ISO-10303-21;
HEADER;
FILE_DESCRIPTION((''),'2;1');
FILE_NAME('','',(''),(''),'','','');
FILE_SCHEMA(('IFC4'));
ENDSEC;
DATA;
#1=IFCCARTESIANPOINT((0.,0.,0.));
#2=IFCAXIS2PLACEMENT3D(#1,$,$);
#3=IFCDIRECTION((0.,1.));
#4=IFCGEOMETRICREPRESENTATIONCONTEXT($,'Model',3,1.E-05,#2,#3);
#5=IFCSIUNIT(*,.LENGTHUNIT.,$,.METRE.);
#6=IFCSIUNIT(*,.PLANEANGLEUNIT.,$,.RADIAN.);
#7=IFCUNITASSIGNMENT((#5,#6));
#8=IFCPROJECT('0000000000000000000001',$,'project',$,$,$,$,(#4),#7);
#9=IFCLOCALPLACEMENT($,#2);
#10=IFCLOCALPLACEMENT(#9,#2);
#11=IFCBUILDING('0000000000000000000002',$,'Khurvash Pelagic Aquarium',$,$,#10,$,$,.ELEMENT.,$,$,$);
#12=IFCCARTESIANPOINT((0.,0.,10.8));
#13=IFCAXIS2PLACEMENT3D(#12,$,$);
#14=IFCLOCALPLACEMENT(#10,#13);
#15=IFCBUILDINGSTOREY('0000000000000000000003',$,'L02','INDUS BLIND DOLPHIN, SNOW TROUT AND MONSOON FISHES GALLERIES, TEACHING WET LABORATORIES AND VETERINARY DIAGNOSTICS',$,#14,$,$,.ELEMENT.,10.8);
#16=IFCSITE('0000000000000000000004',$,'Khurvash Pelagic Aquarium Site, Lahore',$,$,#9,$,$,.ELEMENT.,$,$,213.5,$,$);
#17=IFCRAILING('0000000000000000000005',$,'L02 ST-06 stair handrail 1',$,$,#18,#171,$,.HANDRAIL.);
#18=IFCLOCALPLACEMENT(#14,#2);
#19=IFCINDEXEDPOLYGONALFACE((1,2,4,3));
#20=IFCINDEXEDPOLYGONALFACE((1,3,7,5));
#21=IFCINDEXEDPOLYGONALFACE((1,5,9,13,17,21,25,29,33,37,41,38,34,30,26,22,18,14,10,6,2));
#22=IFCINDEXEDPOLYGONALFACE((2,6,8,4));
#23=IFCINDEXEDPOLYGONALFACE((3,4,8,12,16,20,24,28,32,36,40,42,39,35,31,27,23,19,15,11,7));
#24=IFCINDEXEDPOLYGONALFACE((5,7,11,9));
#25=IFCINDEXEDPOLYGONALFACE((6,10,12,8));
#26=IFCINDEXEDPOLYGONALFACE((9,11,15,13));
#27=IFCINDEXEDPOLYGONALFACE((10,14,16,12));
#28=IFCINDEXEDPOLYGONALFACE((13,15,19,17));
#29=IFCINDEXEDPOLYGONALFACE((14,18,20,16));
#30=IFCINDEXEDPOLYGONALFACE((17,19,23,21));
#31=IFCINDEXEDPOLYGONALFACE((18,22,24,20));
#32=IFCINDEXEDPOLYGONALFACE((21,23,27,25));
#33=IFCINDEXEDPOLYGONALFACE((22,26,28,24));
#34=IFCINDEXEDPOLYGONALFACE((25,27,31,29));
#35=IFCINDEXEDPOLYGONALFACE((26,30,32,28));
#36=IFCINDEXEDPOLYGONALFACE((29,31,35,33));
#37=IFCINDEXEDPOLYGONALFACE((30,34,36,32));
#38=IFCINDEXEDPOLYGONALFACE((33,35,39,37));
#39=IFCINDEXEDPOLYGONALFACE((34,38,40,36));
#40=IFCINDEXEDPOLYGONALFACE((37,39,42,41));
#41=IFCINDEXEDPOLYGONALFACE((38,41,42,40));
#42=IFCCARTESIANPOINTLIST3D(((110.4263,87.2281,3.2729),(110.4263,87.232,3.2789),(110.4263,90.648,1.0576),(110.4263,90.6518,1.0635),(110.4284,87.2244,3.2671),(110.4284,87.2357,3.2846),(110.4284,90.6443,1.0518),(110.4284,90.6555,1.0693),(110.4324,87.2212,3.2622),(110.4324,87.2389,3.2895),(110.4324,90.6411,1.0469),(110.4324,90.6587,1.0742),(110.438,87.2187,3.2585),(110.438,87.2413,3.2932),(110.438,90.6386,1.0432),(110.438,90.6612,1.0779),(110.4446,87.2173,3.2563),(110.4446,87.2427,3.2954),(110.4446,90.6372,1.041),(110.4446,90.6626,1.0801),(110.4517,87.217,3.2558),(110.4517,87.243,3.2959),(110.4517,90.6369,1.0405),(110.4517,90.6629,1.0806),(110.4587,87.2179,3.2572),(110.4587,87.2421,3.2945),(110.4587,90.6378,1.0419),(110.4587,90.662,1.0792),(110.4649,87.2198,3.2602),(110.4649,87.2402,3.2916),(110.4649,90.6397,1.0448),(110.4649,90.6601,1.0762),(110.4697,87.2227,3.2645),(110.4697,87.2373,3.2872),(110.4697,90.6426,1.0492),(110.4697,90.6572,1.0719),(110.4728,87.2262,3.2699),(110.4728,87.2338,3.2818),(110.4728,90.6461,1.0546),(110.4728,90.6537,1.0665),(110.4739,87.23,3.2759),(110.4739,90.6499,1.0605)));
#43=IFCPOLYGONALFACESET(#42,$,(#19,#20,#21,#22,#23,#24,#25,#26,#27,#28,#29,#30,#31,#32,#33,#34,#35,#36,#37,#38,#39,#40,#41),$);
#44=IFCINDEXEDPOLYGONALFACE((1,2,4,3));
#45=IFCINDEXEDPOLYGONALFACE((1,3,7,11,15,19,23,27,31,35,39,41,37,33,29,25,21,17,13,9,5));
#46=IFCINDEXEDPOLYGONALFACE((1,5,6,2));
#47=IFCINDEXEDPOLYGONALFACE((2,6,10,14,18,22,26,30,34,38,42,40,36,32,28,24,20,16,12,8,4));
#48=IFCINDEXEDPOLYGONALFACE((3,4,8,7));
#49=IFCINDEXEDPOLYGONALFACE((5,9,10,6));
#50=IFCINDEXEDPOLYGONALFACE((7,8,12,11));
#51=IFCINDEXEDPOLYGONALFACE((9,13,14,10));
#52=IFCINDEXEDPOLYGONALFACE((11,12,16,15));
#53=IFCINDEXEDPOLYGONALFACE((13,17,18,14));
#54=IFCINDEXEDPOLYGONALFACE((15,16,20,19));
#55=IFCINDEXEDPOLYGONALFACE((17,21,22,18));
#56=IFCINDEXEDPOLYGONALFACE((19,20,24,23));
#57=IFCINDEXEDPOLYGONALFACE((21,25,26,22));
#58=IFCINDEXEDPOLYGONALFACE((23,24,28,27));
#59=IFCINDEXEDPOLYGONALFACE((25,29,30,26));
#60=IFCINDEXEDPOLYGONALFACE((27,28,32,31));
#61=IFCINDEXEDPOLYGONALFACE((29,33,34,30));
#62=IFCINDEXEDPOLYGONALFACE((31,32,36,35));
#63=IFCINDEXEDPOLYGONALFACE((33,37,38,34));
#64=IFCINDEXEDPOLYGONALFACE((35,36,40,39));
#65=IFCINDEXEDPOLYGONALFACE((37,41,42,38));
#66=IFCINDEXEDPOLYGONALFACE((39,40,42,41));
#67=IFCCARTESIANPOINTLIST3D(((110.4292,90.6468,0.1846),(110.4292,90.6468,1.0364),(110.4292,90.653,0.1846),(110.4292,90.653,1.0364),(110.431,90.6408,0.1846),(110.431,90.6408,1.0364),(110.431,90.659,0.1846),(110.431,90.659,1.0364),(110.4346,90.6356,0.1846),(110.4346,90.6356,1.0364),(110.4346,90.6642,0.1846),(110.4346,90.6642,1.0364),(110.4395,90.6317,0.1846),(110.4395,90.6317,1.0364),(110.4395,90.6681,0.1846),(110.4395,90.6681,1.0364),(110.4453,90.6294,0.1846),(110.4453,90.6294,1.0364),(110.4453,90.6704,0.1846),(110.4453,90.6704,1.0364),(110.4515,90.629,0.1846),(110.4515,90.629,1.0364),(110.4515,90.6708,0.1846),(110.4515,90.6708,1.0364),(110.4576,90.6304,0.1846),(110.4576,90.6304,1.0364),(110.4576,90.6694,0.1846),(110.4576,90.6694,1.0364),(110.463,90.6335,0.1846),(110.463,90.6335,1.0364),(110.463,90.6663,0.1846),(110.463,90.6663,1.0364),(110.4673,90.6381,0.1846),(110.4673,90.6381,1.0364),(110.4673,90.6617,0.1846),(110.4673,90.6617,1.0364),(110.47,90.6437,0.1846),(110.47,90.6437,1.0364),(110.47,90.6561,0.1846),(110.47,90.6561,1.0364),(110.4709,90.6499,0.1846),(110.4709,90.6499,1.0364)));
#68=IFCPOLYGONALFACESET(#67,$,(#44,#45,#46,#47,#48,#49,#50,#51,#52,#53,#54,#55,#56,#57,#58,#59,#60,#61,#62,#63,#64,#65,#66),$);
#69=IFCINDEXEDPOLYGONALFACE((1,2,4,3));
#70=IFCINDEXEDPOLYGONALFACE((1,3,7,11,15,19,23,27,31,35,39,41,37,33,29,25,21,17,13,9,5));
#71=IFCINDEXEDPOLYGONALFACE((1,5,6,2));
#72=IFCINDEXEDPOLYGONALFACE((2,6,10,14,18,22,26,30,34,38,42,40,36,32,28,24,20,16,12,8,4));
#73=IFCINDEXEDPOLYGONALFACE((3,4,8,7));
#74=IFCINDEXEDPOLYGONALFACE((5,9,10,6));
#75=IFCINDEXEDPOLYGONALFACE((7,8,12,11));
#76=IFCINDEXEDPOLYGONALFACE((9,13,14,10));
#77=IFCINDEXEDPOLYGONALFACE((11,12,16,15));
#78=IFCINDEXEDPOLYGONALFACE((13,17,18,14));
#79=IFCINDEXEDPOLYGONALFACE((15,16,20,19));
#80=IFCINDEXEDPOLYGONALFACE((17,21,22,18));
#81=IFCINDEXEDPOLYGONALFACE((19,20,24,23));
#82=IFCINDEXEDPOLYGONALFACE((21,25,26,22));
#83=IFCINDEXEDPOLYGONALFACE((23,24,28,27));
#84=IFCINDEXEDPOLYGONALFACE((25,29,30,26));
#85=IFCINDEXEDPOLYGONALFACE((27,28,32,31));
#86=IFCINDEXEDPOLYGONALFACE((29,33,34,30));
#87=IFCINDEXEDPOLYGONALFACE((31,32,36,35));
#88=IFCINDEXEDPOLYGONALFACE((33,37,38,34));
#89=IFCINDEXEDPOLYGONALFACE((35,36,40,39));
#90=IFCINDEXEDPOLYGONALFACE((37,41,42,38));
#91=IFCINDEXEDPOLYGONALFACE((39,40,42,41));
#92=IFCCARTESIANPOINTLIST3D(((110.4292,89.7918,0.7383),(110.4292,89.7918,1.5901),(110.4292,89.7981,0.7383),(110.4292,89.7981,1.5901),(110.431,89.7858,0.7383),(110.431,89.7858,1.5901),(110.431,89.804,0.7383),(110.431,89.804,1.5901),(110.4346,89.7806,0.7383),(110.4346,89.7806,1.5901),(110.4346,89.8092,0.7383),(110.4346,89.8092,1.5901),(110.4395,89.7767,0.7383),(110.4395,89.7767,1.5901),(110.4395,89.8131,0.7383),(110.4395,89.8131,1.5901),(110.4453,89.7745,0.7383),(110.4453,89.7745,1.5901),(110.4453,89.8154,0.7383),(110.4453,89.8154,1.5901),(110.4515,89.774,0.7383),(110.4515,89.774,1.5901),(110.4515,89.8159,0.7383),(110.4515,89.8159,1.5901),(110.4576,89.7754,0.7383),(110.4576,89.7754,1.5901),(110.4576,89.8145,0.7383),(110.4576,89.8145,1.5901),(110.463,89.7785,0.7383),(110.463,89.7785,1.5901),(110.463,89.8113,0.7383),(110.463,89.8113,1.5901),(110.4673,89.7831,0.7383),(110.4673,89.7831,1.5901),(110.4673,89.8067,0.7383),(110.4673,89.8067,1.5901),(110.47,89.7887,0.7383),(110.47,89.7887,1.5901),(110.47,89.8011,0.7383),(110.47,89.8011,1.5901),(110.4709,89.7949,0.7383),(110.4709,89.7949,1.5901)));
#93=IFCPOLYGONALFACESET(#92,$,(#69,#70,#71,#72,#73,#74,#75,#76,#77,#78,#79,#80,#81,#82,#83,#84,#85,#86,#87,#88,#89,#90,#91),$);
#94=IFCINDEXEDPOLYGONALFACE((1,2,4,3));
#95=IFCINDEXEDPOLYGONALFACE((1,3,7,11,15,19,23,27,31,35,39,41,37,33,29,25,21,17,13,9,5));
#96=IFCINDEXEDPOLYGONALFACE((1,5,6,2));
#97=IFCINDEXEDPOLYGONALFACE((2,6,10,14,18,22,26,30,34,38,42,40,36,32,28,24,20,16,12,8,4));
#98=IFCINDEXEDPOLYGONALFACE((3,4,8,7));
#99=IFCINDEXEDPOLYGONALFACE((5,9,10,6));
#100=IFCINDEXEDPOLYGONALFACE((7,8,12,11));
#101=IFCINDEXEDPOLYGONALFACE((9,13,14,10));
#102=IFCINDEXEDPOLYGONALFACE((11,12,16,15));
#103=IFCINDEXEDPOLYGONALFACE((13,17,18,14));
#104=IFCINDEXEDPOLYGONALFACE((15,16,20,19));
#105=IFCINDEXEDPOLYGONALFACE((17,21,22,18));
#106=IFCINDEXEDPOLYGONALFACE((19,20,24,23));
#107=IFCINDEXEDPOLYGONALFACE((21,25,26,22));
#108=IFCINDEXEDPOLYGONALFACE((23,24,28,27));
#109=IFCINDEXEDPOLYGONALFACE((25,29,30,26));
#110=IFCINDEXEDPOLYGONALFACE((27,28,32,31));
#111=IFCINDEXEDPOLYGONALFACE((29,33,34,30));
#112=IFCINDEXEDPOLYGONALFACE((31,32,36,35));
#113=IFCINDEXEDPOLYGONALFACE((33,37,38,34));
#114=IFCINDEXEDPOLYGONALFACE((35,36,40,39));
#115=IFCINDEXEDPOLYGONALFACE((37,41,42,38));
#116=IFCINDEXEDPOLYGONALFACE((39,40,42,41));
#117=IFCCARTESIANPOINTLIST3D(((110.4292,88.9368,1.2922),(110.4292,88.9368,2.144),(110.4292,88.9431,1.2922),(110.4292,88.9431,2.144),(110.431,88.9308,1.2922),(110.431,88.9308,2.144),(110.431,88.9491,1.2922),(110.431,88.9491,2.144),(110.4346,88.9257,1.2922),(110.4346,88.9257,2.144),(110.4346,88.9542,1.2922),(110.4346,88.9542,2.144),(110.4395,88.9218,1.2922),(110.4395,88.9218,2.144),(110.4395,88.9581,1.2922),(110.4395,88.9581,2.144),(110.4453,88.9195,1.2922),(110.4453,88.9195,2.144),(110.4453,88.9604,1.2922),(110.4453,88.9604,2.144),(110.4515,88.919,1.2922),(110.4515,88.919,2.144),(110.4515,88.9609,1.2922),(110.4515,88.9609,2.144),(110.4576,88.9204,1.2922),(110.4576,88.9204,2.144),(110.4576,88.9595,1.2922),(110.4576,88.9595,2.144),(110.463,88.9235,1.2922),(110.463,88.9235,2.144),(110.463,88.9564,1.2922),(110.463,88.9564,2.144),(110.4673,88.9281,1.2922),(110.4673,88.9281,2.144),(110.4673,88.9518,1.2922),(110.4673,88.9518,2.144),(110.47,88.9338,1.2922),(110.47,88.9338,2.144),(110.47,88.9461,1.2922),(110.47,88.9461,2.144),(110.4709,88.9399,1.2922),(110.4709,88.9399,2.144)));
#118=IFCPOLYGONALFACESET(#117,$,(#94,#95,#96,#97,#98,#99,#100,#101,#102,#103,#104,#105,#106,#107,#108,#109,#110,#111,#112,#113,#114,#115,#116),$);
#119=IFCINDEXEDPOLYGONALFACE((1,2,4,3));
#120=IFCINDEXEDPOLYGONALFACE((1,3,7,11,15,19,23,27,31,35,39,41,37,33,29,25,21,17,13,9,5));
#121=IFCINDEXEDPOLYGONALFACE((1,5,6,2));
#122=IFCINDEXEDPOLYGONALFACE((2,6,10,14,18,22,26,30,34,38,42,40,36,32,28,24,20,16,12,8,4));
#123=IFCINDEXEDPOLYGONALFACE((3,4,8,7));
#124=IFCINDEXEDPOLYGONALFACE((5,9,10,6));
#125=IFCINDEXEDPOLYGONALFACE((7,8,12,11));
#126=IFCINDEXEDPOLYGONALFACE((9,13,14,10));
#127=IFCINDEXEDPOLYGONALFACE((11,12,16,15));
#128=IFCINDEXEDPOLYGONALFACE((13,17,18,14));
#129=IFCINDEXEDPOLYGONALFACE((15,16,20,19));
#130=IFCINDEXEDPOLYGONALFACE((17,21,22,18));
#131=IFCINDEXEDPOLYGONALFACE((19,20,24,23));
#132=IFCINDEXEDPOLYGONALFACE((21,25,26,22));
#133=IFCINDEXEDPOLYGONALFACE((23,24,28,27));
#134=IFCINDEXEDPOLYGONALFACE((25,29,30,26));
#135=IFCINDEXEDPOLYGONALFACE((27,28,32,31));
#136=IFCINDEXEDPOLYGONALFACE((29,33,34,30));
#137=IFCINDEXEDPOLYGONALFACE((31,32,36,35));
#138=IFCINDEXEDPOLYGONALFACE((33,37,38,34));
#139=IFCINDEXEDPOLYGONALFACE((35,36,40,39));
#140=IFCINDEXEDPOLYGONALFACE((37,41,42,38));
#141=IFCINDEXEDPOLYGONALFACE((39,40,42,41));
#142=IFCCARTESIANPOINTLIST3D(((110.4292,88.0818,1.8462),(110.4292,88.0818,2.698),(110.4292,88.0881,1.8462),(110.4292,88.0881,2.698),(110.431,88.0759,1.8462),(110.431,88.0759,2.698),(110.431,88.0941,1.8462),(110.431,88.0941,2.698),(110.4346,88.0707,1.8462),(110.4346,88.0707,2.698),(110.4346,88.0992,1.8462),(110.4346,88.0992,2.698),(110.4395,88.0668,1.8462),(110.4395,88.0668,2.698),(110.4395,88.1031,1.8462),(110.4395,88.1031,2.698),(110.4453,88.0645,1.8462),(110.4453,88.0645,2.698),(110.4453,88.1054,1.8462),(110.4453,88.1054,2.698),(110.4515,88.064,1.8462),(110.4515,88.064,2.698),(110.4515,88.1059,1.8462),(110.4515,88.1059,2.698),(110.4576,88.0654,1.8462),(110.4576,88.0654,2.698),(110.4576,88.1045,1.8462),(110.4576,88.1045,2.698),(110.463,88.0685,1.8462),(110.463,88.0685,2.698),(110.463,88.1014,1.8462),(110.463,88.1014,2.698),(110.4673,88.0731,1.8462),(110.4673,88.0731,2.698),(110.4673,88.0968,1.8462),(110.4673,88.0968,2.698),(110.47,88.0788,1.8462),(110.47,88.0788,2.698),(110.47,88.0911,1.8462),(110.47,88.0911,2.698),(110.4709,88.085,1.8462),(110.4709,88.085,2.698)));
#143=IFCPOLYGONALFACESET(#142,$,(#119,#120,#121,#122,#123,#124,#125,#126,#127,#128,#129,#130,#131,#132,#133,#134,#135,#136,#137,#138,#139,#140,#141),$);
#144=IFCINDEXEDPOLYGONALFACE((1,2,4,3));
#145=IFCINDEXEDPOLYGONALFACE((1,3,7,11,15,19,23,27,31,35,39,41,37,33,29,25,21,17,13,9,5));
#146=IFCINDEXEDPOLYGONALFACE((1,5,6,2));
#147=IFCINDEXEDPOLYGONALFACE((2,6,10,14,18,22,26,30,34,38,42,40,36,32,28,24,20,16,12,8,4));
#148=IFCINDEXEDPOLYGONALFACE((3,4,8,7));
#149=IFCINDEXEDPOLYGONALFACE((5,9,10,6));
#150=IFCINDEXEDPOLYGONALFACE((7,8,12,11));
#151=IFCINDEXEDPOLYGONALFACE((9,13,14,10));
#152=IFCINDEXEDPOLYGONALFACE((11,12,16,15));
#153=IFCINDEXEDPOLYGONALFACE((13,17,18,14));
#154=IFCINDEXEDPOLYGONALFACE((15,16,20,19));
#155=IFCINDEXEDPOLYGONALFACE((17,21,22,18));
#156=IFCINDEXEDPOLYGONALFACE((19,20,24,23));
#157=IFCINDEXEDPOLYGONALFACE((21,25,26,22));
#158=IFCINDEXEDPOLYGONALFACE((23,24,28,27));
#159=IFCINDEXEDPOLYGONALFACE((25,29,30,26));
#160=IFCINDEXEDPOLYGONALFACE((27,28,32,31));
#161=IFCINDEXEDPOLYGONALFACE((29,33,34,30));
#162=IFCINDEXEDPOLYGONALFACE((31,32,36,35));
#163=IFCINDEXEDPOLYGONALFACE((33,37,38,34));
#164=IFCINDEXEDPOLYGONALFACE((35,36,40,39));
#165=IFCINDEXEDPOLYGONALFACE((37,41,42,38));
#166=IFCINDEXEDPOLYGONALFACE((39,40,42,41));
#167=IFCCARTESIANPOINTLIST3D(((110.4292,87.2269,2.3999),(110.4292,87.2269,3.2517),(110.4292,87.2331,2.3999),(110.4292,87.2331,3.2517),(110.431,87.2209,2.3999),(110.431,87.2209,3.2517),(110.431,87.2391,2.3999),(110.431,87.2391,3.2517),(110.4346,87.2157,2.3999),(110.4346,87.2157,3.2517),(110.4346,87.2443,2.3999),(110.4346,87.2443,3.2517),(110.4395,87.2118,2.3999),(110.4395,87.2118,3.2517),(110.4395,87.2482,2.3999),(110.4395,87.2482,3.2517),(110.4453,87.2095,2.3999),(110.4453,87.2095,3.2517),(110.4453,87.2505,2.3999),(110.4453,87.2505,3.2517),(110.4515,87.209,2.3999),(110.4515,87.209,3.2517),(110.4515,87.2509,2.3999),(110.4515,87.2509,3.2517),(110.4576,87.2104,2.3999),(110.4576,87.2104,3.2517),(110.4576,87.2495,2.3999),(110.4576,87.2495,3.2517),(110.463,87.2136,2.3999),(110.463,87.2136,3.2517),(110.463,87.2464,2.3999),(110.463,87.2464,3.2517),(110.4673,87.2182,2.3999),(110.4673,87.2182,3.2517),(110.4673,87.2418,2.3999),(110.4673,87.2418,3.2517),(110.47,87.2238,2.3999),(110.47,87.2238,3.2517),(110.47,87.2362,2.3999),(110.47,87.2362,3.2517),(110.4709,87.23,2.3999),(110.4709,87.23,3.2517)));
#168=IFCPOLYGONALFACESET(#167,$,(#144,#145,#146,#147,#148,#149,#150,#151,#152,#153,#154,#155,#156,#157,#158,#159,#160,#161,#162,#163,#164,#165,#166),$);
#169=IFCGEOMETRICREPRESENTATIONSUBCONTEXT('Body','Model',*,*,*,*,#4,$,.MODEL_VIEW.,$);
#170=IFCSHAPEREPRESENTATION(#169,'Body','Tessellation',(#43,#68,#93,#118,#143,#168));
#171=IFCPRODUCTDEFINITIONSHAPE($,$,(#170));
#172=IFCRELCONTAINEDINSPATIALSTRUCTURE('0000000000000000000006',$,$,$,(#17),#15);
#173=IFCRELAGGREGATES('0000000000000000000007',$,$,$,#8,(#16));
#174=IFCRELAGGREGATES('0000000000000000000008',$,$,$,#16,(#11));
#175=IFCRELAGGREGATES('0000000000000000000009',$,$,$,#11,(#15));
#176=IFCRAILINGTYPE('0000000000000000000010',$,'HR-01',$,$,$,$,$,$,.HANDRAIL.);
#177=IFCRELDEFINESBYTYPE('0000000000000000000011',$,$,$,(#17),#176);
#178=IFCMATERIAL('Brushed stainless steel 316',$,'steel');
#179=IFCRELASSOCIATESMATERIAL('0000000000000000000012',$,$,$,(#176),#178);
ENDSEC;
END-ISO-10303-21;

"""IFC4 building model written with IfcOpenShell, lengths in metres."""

from ifc_helpers import new_model, si_unit, direction, frame, origin, origin_2d, place, context, subcontext, project, spatial, circle, extrude, material, type_object, element, save


model = new_model("IFC4")

# Units and contexts
model_context = context("Model", 3, precision=1e-05, world=origin(), true_north=direction((0.0, 1.0)))
body_context = subcontext(model_context, "Body", "Model", "MODEL_VIEW")
ifc_project = project(units=[si_unit("LENGTHUNIT", "METRE"), si_unit("PLANEANGLEUNIT", "RADIAN")], contexts=[model_context])

# Site, building, storey
site_placement = place(None, origin())
site = spatial("IfcSite", under=ifc_project, at=site_placement, Name="Khurvash Pelagic Aquarium Site, Lahore", CompositionType="ELEMENT", RefElevation=213.5)
building_placement = place(site_placement, origin())
building = spatial("IfcBuilding", under=site, at=building_placement, Name="Khurvash Pelagic Aquarium", CompositionType="ELEMENT")
storey_placement = place(building_placement, frame((0.0, 0.0, 10.8)))
storey = spatial("IfcBuildingStorey", under=building, at=storey_placement, Name="L02", Description="INDUS BLIND DOLPHIN, SNOW TROUT AND MONSOON FISHES GALLERIES, TEACHING WET LABORATORIES AND VETERINARY DIAGNOSTICS", CompositionType="ELEMENT", Elevation=10.8)

# Railing
ifc_material_1 = material(Name="Brushed stainless steel 316", Category="steel")
railing_type_1 = type_object("IfcRailingType", Name="HR-01", PredefinedType="HANDRAIL", material=ifc_material_1)
railing_1_placement = place(storey_placement, frame((110.45, 90.6499, 0.1846)))
element("IfcRailing", 1, at=railing_1_placement, inside=storey, type_object=railing_type_1, Name="L02 ST-06 stair handrail 1", PredefinedType="HANDRAIL", context=body_context, shape_type="SweptSolid", body=[
    extrude(circle(Radius=0.0239, at=origin_2d()), frame((0.0, 0.0, 0.876), z_axis=(0.0, -0.839297, 0.543674), x_axis=(1.0, 0.0, 0.0)), (0.0, 0.0, 1.0), 4.0747),
    extrude(circle(Radius=0.021, at=origin_2d()), origin(), (0.0, 0.0, 1.0), 0.8518),
    extrude(circle(Radius=0.021, at=origin_2d()), frame((0.0, -0.855, 0.5537)), (0.0, 0.0, 1.0), 0.8518),
    extrude(circle(Radius=0.021, at=origin_2d()), frame((0.0, -1.71, 1.1077)), (0.0, 0.0, 1.0), 0.8518),
    extrude(circle(Radius=0.021, at=origin_2d()), frame((0.0, -2.5649, 1.6616)), (0.0, 0.0, 1.0), 0.8518),
    extrude(circle(Radius=0.021, at=origin_2d()), frame((0.0, -3.4199, 2.2153)), (0.0, 0.0, 1.0), 0.8518),
])

save(model, "model.ifc")
